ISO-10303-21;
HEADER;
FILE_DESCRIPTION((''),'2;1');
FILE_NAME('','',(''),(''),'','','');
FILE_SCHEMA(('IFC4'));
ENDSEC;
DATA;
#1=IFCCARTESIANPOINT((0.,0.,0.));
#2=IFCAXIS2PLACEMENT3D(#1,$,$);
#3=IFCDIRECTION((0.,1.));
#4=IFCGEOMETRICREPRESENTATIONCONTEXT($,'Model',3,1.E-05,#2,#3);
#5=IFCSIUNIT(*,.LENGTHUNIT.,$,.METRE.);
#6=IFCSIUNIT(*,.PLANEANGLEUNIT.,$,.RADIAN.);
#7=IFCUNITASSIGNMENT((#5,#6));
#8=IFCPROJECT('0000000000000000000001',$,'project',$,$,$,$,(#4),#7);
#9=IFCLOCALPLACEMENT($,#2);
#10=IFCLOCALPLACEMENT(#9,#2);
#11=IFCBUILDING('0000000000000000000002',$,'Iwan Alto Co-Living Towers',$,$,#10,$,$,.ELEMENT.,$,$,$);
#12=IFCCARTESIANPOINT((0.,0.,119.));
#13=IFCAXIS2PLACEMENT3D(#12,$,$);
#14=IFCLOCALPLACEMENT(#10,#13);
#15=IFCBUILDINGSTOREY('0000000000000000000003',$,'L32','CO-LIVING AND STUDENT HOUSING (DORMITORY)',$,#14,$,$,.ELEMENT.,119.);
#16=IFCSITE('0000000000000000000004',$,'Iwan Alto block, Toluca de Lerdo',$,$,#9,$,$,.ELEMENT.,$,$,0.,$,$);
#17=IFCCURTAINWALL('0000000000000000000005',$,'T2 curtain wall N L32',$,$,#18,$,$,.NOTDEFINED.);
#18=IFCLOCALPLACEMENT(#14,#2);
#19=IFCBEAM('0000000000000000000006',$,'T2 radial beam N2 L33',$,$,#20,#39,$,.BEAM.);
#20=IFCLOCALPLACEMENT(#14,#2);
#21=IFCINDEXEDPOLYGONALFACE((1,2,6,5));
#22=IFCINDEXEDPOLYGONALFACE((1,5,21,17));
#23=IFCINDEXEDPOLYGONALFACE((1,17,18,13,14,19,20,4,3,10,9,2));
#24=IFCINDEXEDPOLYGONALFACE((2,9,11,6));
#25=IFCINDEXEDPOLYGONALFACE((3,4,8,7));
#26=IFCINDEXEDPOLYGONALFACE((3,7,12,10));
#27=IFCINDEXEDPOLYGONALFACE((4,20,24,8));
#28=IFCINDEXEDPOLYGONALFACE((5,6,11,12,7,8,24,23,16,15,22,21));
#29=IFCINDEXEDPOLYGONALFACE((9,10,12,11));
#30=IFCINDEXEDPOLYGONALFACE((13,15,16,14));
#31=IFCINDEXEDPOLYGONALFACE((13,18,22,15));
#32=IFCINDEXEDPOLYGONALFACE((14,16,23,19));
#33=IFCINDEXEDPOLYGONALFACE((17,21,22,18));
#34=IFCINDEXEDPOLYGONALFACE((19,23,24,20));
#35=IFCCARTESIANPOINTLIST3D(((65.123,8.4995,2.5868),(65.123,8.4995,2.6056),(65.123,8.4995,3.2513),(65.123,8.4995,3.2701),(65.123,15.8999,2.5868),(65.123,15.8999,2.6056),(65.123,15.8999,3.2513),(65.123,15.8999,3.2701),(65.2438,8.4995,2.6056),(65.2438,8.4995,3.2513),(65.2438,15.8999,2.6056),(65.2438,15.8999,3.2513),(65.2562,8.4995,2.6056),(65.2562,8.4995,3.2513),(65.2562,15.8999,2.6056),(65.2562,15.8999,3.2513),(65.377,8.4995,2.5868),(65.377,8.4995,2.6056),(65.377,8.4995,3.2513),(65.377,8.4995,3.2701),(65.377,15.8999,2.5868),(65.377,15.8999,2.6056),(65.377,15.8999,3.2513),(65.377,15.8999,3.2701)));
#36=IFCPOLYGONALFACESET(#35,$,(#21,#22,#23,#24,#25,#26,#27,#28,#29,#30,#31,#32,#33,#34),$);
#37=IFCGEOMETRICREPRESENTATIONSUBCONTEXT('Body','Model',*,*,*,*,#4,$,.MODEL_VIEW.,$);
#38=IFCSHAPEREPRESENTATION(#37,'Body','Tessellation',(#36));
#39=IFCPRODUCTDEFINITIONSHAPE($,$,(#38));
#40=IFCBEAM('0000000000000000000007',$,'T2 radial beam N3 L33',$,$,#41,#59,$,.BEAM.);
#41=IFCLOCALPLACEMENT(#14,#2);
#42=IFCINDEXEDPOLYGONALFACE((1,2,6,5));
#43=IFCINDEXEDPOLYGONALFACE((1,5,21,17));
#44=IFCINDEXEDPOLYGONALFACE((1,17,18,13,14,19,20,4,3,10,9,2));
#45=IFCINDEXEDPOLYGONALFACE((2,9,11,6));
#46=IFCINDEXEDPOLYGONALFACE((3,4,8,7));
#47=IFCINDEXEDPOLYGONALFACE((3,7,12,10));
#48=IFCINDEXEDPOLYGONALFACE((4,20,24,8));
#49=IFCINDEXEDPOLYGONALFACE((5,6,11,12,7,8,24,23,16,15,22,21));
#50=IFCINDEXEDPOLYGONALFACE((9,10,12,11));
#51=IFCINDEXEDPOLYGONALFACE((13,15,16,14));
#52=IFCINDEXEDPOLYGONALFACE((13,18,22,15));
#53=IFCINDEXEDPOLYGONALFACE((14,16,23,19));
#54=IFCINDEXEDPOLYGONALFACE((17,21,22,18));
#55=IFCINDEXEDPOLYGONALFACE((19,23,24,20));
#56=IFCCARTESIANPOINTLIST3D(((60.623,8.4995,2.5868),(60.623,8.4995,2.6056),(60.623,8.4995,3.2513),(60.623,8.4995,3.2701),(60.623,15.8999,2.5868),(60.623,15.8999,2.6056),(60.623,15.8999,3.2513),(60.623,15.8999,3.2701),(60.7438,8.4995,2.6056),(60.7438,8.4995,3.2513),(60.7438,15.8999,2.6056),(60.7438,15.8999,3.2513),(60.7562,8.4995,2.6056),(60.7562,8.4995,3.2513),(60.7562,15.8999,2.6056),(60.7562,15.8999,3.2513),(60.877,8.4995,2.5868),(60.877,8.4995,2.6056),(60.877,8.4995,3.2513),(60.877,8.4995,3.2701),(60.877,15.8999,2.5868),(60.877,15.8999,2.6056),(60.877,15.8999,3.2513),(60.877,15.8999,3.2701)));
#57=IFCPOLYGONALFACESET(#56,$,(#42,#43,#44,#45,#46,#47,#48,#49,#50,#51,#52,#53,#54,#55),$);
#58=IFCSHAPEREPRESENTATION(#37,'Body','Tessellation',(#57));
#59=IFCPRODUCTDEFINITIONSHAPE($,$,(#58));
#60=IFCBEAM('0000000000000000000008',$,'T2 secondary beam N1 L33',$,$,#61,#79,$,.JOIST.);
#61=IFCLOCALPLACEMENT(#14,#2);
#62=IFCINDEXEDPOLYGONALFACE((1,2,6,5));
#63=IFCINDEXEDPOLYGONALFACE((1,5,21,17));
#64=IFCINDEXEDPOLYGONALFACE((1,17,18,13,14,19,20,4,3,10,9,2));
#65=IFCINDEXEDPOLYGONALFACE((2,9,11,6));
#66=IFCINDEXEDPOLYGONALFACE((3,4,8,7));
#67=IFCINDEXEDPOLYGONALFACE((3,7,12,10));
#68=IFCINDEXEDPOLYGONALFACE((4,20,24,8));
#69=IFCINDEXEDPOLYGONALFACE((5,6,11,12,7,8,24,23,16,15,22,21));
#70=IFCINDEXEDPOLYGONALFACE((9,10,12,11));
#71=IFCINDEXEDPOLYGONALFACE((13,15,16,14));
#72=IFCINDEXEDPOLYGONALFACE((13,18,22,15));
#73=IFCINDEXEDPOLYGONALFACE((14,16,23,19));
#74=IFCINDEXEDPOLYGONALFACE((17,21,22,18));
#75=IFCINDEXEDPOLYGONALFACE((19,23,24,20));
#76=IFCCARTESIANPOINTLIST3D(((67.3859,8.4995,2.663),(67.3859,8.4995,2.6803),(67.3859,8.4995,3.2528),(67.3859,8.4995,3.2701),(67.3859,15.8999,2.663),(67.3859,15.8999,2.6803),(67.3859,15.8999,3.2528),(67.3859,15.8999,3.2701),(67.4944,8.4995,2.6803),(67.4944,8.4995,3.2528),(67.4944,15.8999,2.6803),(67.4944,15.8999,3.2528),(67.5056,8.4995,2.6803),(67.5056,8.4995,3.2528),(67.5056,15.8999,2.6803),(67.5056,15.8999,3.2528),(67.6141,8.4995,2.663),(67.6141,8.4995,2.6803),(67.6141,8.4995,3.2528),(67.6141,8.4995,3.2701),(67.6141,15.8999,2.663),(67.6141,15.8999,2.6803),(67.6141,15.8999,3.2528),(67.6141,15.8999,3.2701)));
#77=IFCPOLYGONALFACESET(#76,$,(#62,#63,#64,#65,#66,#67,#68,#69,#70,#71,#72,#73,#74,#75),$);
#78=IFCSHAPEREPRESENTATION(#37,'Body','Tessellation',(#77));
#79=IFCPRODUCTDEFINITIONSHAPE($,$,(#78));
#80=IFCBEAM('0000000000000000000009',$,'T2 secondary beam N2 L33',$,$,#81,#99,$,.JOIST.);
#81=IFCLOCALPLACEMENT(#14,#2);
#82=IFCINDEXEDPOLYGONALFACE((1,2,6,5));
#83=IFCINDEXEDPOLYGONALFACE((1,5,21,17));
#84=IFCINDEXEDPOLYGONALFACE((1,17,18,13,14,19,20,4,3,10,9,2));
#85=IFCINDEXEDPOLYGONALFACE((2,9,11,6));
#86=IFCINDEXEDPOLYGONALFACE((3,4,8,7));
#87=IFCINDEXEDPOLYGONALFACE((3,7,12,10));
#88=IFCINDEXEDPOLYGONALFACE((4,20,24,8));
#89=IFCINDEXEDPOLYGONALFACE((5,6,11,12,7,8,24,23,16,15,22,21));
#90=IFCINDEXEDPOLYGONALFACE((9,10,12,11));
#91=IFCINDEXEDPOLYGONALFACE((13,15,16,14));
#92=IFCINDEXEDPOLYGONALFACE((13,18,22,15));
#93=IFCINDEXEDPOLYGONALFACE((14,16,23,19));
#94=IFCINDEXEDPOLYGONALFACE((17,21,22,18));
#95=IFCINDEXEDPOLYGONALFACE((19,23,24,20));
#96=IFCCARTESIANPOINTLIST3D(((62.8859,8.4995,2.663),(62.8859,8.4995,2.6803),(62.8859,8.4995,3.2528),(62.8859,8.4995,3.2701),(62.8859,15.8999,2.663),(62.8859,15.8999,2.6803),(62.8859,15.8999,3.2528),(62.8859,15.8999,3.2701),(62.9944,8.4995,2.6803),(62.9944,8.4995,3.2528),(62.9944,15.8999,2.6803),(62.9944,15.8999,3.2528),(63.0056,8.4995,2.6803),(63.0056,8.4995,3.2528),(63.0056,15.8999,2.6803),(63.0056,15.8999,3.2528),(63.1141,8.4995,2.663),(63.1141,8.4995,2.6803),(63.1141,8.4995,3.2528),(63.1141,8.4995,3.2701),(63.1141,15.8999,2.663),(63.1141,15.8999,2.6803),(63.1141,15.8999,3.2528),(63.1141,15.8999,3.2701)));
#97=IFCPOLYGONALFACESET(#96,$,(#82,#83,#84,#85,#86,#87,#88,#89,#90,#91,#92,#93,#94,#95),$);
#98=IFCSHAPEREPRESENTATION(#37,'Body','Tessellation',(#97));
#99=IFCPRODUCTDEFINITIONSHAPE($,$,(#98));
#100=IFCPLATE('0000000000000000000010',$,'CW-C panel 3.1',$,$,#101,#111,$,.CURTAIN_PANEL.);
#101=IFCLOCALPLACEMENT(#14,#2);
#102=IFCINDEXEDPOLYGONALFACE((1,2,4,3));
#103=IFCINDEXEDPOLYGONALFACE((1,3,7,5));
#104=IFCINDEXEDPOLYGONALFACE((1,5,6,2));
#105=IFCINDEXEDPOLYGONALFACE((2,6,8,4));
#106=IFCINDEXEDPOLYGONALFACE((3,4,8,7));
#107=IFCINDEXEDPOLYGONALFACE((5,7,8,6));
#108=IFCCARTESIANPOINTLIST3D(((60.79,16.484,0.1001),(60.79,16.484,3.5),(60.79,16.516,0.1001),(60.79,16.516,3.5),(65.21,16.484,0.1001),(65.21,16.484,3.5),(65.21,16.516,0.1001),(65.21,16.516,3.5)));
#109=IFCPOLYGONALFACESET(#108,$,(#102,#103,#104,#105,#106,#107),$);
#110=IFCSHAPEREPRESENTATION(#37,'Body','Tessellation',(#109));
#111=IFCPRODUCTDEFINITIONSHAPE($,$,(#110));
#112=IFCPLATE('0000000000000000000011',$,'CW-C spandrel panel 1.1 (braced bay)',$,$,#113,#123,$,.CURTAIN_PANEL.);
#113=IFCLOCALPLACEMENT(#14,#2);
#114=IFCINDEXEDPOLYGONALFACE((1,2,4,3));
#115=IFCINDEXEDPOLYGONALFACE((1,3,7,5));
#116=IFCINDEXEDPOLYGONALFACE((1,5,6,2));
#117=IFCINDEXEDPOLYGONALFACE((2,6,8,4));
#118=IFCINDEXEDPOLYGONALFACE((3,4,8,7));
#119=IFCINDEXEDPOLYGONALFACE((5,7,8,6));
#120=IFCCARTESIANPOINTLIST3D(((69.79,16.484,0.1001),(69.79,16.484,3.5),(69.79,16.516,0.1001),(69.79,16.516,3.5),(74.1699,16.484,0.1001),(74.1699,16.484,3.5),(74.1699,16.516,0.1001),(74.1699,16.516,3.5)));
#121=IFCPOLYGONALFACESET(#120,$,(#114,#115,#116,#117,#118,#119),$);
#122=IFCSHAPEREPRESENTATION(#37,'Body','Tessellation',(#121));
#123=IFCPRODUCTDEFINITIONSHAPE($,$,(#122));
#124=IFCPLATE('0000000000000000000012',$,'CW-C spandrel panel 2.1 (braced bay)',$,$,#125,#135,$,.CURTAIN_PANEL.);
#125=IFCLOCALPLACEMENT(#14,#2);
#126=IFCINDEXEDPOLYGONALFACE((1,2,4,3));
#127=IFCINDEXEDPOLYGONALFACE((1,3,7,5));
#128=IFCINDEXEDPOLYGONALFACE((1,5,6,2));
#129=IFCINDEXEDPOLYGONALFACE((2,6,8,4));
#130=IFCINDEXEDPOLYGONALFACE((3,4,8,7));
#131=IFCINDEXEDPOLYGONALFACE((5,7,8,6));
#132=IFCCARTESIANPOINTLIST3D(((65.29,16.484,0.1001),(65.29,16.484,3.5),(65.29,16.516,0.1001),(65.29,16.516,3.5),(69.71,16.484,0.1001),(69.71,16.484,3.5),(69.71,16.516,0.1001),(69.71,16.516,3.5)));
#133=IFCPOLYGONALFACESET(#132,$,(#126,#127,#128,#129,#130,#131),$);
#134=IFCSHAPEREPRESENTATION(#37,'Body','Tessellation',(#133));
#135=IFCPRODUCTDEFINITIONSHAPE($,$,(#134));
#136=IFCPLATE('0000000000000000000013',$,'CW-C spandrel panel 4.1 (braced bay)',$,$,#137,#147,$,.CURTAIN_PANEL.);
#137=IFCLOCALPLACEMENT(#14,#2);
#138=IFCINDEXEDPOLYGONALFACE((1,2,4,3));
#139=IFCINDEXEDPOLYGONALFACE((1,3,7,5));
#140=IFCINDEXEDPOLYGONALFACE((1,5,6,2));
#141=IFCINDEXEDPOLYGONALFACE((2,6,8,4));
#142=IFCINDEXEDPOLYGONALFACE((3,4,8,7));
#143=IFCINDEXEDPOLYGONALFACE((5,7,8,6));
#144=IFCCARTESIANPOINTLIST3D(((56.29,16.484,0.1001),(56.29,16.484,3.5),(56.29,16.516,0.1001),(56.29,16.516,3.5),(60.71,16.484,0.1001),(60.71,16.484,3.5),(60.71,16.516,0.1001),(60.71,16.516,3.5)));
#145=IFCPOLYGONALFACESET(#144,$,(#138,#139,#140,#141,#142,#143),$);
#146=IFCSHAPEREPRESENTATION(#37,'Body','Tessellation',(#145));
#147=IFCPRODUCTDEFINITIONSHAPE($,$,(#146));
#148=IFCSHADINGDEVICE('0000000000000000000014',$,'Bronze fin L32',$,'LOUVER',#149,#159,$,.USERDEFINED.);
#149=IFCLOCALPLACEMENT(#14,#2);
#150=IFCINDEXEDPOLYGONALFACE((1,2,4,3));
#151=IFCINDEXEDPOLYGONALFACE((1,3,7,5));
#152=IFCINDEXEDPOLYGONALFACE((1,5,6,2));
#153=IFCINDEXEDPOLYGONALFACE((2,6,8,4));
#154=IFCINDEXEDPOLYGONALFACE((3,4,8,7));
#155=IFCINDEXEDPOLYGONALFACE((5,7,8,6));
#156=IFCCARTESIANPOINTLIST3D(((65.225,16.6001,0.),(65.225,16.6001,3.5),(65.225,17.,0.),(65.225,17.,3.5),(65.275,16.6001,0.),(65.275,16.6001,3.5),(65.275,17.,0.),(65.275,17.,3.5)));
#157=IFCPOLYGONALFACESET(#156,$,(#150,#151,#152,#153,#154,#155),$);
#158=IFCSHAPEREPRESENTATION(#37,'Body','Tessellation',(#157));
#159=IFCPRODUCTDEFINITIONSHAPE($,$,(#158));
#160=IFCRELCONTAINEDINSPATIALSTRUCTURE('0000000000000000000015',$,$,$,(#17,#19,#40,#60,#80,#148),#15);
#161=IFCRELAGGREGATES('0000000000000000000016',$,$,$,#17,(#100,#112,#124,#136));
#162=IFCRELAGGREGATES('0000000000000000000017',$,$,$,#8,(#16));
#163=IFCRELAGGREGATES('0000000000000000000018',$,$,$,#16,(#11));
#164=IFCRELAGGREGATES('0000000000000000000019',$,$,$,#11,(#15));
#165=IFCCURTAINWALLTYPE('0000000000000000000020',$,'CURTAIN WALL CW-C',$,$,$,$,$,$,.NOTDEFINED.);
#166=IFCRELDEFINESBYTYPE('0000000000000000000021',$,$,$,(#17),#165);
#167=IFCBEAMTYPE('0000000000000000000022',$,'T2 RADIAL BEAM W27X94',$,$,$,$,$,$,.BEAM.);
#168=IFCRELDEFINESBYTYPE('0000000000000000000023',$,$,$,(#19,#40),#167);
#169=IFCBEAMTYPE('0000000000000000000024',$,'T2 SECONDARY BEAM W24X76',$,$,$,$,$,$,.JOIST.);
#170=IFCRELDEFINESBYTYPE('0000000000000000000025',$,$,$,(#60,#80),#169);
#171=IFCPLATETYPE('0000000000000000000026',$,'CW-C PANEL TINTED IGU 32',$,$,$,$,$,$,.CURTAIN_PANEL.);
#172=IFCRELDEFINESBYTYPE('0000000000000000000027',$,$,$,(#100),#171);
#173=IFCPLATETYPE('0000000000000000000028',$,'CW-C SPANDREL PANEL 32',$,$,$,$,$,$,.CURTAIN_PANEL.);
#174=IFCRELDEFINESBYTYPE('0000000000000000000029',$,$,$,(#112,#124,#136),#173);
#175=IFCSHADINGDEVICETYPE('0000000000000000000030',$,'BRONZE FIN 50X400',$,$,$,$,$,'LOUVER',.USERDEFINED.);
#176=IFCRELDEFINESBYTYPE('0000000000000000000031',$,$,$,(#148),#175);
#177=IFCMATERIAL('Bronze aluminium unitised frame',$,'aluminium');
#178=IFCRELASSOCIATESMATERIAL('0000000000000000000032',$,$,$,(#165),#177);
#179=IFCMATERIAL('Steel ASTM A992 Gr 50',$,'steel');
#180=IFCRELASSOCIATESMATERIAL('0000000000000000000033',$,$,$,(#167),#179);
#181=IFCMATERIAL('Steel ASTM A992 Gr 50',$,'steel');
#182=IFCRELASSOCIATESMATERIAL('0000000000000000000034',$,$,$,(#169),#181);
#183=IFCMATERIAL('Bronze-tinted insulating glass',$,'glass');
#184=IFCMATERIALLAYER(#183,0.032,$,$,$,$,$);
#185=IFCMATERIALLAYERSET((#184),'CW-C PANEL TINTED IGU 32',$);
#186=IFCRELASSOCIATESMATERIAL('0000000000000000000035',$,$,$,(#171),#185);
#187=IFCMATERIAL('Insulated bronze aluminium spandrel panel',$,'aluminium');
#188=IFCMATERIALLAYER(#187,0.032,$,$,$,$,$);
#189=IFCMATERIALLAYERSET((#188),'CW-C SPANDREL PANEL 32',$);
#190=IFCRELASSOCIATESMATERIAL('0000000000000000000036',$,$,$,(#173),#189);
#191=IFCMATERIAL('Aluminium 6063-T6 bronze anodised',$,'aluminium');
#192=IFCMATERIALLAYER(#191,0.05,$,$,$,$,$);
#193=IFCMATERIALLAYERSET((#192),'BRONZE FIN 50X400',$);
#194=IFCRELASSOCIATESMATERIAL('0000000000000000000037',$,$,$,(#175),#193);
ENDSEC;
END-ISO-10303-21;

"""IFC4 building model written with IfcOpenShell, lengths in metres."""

from ifc_helpers import new_model, si_unit, direction, frame, origin, origin_2d, place, context, subcontext, project, spatial, rectangle, i_section, extrude, material, layer, layer_set, material_profile, profile_set, type_object, element, aggregate, save


model = new_model("IFC4")

# Units and contexts
model_context = context("Model", 3, precision=1e-05, world=origin(), true_north=direction((0.0, 1.0)))
body_context = subcontext(model_context, "Body", "Model", "MODEL_VIEW")
ifc_project = project(units=[si_unit("LENGTHUNIT", "METRE"), si_unit("PLANEANGLEUNIT", "RADIAN")], contexts=[model_context])

# Site, building, storey
site_placement = place(None, origin())
site = spatial("IfcSite", under=ifc_project, at=site_placement, Name="Iwan Alto block, Toluca de Lerdo", CompositionType="ELEMENT", RefElevation=0.0)
building_placement = place(site_placement, origin())
building = spatial("IfcBuilding", under=site, at=building_placement, Name="Iwan Alto Co-Living Towers", CompositionType="ELEMENT")
storey_placement = place(building_placement, frame((0.0, 0.0, 119.0)))
storey = spatial("IfcBuildingStorey", under=building, at=storey_placement, Name="L32", Description="CO-LIVING AND STUDENT HOUSING (DORMITORY)", CompositionType="ELEMENT", Elevation=119.0)

# Curtain wall
ifc_material_1 = material(Name="Bronze aluminium unitised frame", Category="aluminium")
curtain_wall_type = type_object("IfcCurtainWallType", Name="CURTAIN WALL CW-C", PredefinedType="NOTDEFINED", material=ifc_material_1)
curtain_wall_placement = place(storey_placement, origin())
curtain_wall = element("IfcCurtainWall", 1, at=curtain_wall_placement, inside=storey, type_object=curtain_wall_type, Name="T2 curtain wall N L32", PredefinedType="NOTDEFINED")

# Beams
ifc_material_2 = material(Name="Steel ASTM A992 Gr 50", Category="steel")
ifc_material_profile_1 = material_profile(ifc_material_2, i_section(OverallWidth=0.2539, OverallDepth=0.6833, WebThickness=0.0125, FlangeThickness=0.0188, at=origin_2d()), Name="W27X94")
ifc_profile_set_1 = profile_set([ifc_material_profile_1], Name="Steel ASTM A992 Gr 50")
beam_type_1 = type_object("IfcBeamType", Name="T2 RADIAL BEAM W27X94", PredefinedType="BEAM", material=ifc_profile_set_1)
for number, where, z_axis, x_axis, name in (
    (2, (65.25, 15.8999, 2.9285), (0.0, -1.0, 0.0), (1.0, 0.0, 0.0), "T2 radial beam N2 L33"),
    (3, (60.75, 15.8999, 2.9285), (0.0, -1.0, 0.0), (1.0, 0.0, 0.0), "T2 radial beam N3 L33"),
):
    element("IfcBeam", number, at=place(storey_placement, frame(where, z_axis=z_axis, x_axis=x_axis)), inside=storey, type_object=beam_type_1, Name=name, PredefinedType="BEAM", context=body_context, shape_type="SweptSolid", body=[
        extrude(i_section(OverallWidth=0.2539, OverallDepth=0.6833, WebThickness=0.0125, FlangeThickness=0.0188, at=origin_2d()), origin(), (0.0, 0.0, 1.0), 7.4004),
    ])
ifc_material_3 = material(Name="Steel ASTM A992 Gr 50", Category="steel")
ifc_material_profile_2 = material_profile(ifc_material_3, i_section(OverallWidth=0.2283, OverallDepth=0.6072, WebThickness=0.0112, FlangeThickness=0.0173, at=origin_2d()), Name="W24X76")
ifc_profile_set_2 = profile_set([ifc_material_profile_2], Name="Steel ASTM A992 Gr 50")
beam_type_2 = type_object("IfcBeamType", Name="T2 SECONDARY BEAM W24X76", PredefinedType="JOIST", material=ifc_profile_set_2)
for number, where, z_axis, x_axis, name in (
    (4, (67.5, 15.8999, 2.9666), (0.0, -1.0, 0.0), (1.0, 0.0, 0.0), "T2 secondary beam N1 L33"),
    (5, (63.0, 15.8999, 2.9666), (0.0, -1.0, 0.0), (1.0, 0.0, 0.0), "T2 secondary beam N2 L33"),
):
    element("IfcBeam", number, at=place(storey_placement, frame(where, z_axis=z_axis, x_axis=x_axis)), inside=storey, type_object=beam_type_2, Name=name, PredefinedType="JOIST", context=body_context, shape_type="SweptSolid", body=[
        extrude(i_section(OverallWidth=0.2283, OverallDepth=0.6072, WebThickness=0.0112, FlangeThickness=0.0173, at=origin_2d()), origin(), (0.0, 0.0, 1.0), 7.4004),
    ])

# Plates
ifc_material_4 = material(Name="Bronze-tinted insulating glass", Category="glass")
ifc_layer_1 = layer(ifc_material_4, 0.032)
ifc_layer_set_1 = layer_set([ifc_layer_1], Name="CW-C PANEL TINTED IGU 32")
plate_type_1 = type_object("IfcPlateType", Name="CW-C PANEL TINTED IGU 32", PredefinedType="CURTAIN_PANEL", material=ifc_layer_set_1)
plate_1_placement = place(storey_placement, frame((63.0, 16.5, 0.1001), z_axis=(0.0, 0.0, 1.0), x_axis=(-1.0, 0.0, 0.0)))
plate_1 = element("IfcPlate", 6, at=plate_1_placement, type_object=plate_type_1, Name="CW-C panel 3.1", PredefinedType="CURTAIN_PANEL", context=body_context, shape_type="SweptSolid", body=[
    extrude(rectangle(XDim=4.4199, YDim=0.032, at=origin_2d()), origin(), (0.0, 0.0, 1.0), 3.3999),
])
ifc_material_5 = material(Name="Insulated bronze aluminium spandrel panel", Category="aluminium")
ifc_layer_2 = layer(ifc_material_5, 0.032)
ifc_layer_set_2 = layer_set([ifc_layer_2], Name="CW-C SPANDREL PANEL 32")
plate_type_2 = type_object("IfcPlateType", Name="CW-C SPANDREL PANEL 32", PredefinedType="CURTAIN_PANEL", material=ifc_layer_set_2)
plate_2_placement = place(storey_placement, frame((71.98, 16.5, 0.1001), z_axis=(0.0, 0.0, 1.0), x_axis=(-1.0, 0.0, 0.0)))
plate_2 = element("IfcPlate", 7, at=plate_2_placement, type_object=plate_type_2, Name="CW-C spandrel panel 1.1 (braced bay)", PredefinedType="CURTAIN_PANEL", context=body_context, shape_type="SweptSolid", body=[
    extrude(rectangle(XDim=4.3799, YDim=0.032, at=origin_2d()), origin(), (0.0, 0.0, 1.0), 3.3999),
])
plate_3_placement = place(storey_placement, frame((67.5, 16.5, 0.1001), z_axis=(0.0, 0.0, 1.0), x_axis=(-1.0, 0.0, 0.0)))
plate_3 = element("IfcPlate", 8, at=plate_3_placement, type_object=plate_type_2, Name="CW-C spandrel panel 2.1 (braced bay)", PredefinedType="CURTAIN_PANEL", context=body_context, shape_type="SweptSolid", body=[
    extrude(rectangle(XDim=4.4199, YDim=0.032, at=origin_2d()), origin(), (0.0, 0.0, 1.0), 3.3999),
])
plate_4_placement = place(storey_placement, frame((58.5, 16.5, 0.1001), z_axis=(0.0, 0.0, 1.0), x_axis=(-1.0, 0.0, 0.0)))
plate_4 = element("IfcPlate", 9, at=plate_4_placement, type_object=plate_type_2, Name="CW-C spandrel panel 4.1 (braced bay)", PredefinedType="CURTAIN_PANEL", context=body_context, shape_type="SweptSolid", body=[
    extrude(rectangle(XDim=4.4199, YDim=0.032, at=origin_2d()), origin(), (0.0, 0.0, 1.0), 3.3999),
])
aggregate(curtain_wall, [plate_1, plate_2, plate_3, plate_4])

# Shading device
ifc_material_6 = material(Name="Aluminium 6063-T6 bronze anodised", Category="aluminium")
ifc_layer_3 = layer(ifc_material_6, 0.05)
ifc_layer_set_3 = layer_set([ifc_layer_3], Name="BRONZE FIN 50X400")
shading_device_type = type_object("IfcShadingDeviceType", Name="BRONZE FIN 50X400", ElementType="LOUVER", PredefinedType="USERDEFINED", material=ifc_layer_set_3)
shading_device_placement = place(storey_placement, frame((65.25, 16.8, 0.0), z_axis=(0.0, 0.0, 1.0), x_axis=(-1.0, 0.0, 0.0)))
element("IfcShadingDevice", 10, at=shading_device_placement, inside=storey, type_object=shading_device_type, Name="Bronze fin L32", ObjectType="LOUVER", PredefinedType="USERDEFINED", context=body_context, shape_type="SweptSolid", body=[
    extrude(rectangle(XDim=0.05, YDim=0.3999, at=origin_2d()), origin(), (0.0, 0.0, 1.0), 3.5),
])

save(model, "model.ifc")
